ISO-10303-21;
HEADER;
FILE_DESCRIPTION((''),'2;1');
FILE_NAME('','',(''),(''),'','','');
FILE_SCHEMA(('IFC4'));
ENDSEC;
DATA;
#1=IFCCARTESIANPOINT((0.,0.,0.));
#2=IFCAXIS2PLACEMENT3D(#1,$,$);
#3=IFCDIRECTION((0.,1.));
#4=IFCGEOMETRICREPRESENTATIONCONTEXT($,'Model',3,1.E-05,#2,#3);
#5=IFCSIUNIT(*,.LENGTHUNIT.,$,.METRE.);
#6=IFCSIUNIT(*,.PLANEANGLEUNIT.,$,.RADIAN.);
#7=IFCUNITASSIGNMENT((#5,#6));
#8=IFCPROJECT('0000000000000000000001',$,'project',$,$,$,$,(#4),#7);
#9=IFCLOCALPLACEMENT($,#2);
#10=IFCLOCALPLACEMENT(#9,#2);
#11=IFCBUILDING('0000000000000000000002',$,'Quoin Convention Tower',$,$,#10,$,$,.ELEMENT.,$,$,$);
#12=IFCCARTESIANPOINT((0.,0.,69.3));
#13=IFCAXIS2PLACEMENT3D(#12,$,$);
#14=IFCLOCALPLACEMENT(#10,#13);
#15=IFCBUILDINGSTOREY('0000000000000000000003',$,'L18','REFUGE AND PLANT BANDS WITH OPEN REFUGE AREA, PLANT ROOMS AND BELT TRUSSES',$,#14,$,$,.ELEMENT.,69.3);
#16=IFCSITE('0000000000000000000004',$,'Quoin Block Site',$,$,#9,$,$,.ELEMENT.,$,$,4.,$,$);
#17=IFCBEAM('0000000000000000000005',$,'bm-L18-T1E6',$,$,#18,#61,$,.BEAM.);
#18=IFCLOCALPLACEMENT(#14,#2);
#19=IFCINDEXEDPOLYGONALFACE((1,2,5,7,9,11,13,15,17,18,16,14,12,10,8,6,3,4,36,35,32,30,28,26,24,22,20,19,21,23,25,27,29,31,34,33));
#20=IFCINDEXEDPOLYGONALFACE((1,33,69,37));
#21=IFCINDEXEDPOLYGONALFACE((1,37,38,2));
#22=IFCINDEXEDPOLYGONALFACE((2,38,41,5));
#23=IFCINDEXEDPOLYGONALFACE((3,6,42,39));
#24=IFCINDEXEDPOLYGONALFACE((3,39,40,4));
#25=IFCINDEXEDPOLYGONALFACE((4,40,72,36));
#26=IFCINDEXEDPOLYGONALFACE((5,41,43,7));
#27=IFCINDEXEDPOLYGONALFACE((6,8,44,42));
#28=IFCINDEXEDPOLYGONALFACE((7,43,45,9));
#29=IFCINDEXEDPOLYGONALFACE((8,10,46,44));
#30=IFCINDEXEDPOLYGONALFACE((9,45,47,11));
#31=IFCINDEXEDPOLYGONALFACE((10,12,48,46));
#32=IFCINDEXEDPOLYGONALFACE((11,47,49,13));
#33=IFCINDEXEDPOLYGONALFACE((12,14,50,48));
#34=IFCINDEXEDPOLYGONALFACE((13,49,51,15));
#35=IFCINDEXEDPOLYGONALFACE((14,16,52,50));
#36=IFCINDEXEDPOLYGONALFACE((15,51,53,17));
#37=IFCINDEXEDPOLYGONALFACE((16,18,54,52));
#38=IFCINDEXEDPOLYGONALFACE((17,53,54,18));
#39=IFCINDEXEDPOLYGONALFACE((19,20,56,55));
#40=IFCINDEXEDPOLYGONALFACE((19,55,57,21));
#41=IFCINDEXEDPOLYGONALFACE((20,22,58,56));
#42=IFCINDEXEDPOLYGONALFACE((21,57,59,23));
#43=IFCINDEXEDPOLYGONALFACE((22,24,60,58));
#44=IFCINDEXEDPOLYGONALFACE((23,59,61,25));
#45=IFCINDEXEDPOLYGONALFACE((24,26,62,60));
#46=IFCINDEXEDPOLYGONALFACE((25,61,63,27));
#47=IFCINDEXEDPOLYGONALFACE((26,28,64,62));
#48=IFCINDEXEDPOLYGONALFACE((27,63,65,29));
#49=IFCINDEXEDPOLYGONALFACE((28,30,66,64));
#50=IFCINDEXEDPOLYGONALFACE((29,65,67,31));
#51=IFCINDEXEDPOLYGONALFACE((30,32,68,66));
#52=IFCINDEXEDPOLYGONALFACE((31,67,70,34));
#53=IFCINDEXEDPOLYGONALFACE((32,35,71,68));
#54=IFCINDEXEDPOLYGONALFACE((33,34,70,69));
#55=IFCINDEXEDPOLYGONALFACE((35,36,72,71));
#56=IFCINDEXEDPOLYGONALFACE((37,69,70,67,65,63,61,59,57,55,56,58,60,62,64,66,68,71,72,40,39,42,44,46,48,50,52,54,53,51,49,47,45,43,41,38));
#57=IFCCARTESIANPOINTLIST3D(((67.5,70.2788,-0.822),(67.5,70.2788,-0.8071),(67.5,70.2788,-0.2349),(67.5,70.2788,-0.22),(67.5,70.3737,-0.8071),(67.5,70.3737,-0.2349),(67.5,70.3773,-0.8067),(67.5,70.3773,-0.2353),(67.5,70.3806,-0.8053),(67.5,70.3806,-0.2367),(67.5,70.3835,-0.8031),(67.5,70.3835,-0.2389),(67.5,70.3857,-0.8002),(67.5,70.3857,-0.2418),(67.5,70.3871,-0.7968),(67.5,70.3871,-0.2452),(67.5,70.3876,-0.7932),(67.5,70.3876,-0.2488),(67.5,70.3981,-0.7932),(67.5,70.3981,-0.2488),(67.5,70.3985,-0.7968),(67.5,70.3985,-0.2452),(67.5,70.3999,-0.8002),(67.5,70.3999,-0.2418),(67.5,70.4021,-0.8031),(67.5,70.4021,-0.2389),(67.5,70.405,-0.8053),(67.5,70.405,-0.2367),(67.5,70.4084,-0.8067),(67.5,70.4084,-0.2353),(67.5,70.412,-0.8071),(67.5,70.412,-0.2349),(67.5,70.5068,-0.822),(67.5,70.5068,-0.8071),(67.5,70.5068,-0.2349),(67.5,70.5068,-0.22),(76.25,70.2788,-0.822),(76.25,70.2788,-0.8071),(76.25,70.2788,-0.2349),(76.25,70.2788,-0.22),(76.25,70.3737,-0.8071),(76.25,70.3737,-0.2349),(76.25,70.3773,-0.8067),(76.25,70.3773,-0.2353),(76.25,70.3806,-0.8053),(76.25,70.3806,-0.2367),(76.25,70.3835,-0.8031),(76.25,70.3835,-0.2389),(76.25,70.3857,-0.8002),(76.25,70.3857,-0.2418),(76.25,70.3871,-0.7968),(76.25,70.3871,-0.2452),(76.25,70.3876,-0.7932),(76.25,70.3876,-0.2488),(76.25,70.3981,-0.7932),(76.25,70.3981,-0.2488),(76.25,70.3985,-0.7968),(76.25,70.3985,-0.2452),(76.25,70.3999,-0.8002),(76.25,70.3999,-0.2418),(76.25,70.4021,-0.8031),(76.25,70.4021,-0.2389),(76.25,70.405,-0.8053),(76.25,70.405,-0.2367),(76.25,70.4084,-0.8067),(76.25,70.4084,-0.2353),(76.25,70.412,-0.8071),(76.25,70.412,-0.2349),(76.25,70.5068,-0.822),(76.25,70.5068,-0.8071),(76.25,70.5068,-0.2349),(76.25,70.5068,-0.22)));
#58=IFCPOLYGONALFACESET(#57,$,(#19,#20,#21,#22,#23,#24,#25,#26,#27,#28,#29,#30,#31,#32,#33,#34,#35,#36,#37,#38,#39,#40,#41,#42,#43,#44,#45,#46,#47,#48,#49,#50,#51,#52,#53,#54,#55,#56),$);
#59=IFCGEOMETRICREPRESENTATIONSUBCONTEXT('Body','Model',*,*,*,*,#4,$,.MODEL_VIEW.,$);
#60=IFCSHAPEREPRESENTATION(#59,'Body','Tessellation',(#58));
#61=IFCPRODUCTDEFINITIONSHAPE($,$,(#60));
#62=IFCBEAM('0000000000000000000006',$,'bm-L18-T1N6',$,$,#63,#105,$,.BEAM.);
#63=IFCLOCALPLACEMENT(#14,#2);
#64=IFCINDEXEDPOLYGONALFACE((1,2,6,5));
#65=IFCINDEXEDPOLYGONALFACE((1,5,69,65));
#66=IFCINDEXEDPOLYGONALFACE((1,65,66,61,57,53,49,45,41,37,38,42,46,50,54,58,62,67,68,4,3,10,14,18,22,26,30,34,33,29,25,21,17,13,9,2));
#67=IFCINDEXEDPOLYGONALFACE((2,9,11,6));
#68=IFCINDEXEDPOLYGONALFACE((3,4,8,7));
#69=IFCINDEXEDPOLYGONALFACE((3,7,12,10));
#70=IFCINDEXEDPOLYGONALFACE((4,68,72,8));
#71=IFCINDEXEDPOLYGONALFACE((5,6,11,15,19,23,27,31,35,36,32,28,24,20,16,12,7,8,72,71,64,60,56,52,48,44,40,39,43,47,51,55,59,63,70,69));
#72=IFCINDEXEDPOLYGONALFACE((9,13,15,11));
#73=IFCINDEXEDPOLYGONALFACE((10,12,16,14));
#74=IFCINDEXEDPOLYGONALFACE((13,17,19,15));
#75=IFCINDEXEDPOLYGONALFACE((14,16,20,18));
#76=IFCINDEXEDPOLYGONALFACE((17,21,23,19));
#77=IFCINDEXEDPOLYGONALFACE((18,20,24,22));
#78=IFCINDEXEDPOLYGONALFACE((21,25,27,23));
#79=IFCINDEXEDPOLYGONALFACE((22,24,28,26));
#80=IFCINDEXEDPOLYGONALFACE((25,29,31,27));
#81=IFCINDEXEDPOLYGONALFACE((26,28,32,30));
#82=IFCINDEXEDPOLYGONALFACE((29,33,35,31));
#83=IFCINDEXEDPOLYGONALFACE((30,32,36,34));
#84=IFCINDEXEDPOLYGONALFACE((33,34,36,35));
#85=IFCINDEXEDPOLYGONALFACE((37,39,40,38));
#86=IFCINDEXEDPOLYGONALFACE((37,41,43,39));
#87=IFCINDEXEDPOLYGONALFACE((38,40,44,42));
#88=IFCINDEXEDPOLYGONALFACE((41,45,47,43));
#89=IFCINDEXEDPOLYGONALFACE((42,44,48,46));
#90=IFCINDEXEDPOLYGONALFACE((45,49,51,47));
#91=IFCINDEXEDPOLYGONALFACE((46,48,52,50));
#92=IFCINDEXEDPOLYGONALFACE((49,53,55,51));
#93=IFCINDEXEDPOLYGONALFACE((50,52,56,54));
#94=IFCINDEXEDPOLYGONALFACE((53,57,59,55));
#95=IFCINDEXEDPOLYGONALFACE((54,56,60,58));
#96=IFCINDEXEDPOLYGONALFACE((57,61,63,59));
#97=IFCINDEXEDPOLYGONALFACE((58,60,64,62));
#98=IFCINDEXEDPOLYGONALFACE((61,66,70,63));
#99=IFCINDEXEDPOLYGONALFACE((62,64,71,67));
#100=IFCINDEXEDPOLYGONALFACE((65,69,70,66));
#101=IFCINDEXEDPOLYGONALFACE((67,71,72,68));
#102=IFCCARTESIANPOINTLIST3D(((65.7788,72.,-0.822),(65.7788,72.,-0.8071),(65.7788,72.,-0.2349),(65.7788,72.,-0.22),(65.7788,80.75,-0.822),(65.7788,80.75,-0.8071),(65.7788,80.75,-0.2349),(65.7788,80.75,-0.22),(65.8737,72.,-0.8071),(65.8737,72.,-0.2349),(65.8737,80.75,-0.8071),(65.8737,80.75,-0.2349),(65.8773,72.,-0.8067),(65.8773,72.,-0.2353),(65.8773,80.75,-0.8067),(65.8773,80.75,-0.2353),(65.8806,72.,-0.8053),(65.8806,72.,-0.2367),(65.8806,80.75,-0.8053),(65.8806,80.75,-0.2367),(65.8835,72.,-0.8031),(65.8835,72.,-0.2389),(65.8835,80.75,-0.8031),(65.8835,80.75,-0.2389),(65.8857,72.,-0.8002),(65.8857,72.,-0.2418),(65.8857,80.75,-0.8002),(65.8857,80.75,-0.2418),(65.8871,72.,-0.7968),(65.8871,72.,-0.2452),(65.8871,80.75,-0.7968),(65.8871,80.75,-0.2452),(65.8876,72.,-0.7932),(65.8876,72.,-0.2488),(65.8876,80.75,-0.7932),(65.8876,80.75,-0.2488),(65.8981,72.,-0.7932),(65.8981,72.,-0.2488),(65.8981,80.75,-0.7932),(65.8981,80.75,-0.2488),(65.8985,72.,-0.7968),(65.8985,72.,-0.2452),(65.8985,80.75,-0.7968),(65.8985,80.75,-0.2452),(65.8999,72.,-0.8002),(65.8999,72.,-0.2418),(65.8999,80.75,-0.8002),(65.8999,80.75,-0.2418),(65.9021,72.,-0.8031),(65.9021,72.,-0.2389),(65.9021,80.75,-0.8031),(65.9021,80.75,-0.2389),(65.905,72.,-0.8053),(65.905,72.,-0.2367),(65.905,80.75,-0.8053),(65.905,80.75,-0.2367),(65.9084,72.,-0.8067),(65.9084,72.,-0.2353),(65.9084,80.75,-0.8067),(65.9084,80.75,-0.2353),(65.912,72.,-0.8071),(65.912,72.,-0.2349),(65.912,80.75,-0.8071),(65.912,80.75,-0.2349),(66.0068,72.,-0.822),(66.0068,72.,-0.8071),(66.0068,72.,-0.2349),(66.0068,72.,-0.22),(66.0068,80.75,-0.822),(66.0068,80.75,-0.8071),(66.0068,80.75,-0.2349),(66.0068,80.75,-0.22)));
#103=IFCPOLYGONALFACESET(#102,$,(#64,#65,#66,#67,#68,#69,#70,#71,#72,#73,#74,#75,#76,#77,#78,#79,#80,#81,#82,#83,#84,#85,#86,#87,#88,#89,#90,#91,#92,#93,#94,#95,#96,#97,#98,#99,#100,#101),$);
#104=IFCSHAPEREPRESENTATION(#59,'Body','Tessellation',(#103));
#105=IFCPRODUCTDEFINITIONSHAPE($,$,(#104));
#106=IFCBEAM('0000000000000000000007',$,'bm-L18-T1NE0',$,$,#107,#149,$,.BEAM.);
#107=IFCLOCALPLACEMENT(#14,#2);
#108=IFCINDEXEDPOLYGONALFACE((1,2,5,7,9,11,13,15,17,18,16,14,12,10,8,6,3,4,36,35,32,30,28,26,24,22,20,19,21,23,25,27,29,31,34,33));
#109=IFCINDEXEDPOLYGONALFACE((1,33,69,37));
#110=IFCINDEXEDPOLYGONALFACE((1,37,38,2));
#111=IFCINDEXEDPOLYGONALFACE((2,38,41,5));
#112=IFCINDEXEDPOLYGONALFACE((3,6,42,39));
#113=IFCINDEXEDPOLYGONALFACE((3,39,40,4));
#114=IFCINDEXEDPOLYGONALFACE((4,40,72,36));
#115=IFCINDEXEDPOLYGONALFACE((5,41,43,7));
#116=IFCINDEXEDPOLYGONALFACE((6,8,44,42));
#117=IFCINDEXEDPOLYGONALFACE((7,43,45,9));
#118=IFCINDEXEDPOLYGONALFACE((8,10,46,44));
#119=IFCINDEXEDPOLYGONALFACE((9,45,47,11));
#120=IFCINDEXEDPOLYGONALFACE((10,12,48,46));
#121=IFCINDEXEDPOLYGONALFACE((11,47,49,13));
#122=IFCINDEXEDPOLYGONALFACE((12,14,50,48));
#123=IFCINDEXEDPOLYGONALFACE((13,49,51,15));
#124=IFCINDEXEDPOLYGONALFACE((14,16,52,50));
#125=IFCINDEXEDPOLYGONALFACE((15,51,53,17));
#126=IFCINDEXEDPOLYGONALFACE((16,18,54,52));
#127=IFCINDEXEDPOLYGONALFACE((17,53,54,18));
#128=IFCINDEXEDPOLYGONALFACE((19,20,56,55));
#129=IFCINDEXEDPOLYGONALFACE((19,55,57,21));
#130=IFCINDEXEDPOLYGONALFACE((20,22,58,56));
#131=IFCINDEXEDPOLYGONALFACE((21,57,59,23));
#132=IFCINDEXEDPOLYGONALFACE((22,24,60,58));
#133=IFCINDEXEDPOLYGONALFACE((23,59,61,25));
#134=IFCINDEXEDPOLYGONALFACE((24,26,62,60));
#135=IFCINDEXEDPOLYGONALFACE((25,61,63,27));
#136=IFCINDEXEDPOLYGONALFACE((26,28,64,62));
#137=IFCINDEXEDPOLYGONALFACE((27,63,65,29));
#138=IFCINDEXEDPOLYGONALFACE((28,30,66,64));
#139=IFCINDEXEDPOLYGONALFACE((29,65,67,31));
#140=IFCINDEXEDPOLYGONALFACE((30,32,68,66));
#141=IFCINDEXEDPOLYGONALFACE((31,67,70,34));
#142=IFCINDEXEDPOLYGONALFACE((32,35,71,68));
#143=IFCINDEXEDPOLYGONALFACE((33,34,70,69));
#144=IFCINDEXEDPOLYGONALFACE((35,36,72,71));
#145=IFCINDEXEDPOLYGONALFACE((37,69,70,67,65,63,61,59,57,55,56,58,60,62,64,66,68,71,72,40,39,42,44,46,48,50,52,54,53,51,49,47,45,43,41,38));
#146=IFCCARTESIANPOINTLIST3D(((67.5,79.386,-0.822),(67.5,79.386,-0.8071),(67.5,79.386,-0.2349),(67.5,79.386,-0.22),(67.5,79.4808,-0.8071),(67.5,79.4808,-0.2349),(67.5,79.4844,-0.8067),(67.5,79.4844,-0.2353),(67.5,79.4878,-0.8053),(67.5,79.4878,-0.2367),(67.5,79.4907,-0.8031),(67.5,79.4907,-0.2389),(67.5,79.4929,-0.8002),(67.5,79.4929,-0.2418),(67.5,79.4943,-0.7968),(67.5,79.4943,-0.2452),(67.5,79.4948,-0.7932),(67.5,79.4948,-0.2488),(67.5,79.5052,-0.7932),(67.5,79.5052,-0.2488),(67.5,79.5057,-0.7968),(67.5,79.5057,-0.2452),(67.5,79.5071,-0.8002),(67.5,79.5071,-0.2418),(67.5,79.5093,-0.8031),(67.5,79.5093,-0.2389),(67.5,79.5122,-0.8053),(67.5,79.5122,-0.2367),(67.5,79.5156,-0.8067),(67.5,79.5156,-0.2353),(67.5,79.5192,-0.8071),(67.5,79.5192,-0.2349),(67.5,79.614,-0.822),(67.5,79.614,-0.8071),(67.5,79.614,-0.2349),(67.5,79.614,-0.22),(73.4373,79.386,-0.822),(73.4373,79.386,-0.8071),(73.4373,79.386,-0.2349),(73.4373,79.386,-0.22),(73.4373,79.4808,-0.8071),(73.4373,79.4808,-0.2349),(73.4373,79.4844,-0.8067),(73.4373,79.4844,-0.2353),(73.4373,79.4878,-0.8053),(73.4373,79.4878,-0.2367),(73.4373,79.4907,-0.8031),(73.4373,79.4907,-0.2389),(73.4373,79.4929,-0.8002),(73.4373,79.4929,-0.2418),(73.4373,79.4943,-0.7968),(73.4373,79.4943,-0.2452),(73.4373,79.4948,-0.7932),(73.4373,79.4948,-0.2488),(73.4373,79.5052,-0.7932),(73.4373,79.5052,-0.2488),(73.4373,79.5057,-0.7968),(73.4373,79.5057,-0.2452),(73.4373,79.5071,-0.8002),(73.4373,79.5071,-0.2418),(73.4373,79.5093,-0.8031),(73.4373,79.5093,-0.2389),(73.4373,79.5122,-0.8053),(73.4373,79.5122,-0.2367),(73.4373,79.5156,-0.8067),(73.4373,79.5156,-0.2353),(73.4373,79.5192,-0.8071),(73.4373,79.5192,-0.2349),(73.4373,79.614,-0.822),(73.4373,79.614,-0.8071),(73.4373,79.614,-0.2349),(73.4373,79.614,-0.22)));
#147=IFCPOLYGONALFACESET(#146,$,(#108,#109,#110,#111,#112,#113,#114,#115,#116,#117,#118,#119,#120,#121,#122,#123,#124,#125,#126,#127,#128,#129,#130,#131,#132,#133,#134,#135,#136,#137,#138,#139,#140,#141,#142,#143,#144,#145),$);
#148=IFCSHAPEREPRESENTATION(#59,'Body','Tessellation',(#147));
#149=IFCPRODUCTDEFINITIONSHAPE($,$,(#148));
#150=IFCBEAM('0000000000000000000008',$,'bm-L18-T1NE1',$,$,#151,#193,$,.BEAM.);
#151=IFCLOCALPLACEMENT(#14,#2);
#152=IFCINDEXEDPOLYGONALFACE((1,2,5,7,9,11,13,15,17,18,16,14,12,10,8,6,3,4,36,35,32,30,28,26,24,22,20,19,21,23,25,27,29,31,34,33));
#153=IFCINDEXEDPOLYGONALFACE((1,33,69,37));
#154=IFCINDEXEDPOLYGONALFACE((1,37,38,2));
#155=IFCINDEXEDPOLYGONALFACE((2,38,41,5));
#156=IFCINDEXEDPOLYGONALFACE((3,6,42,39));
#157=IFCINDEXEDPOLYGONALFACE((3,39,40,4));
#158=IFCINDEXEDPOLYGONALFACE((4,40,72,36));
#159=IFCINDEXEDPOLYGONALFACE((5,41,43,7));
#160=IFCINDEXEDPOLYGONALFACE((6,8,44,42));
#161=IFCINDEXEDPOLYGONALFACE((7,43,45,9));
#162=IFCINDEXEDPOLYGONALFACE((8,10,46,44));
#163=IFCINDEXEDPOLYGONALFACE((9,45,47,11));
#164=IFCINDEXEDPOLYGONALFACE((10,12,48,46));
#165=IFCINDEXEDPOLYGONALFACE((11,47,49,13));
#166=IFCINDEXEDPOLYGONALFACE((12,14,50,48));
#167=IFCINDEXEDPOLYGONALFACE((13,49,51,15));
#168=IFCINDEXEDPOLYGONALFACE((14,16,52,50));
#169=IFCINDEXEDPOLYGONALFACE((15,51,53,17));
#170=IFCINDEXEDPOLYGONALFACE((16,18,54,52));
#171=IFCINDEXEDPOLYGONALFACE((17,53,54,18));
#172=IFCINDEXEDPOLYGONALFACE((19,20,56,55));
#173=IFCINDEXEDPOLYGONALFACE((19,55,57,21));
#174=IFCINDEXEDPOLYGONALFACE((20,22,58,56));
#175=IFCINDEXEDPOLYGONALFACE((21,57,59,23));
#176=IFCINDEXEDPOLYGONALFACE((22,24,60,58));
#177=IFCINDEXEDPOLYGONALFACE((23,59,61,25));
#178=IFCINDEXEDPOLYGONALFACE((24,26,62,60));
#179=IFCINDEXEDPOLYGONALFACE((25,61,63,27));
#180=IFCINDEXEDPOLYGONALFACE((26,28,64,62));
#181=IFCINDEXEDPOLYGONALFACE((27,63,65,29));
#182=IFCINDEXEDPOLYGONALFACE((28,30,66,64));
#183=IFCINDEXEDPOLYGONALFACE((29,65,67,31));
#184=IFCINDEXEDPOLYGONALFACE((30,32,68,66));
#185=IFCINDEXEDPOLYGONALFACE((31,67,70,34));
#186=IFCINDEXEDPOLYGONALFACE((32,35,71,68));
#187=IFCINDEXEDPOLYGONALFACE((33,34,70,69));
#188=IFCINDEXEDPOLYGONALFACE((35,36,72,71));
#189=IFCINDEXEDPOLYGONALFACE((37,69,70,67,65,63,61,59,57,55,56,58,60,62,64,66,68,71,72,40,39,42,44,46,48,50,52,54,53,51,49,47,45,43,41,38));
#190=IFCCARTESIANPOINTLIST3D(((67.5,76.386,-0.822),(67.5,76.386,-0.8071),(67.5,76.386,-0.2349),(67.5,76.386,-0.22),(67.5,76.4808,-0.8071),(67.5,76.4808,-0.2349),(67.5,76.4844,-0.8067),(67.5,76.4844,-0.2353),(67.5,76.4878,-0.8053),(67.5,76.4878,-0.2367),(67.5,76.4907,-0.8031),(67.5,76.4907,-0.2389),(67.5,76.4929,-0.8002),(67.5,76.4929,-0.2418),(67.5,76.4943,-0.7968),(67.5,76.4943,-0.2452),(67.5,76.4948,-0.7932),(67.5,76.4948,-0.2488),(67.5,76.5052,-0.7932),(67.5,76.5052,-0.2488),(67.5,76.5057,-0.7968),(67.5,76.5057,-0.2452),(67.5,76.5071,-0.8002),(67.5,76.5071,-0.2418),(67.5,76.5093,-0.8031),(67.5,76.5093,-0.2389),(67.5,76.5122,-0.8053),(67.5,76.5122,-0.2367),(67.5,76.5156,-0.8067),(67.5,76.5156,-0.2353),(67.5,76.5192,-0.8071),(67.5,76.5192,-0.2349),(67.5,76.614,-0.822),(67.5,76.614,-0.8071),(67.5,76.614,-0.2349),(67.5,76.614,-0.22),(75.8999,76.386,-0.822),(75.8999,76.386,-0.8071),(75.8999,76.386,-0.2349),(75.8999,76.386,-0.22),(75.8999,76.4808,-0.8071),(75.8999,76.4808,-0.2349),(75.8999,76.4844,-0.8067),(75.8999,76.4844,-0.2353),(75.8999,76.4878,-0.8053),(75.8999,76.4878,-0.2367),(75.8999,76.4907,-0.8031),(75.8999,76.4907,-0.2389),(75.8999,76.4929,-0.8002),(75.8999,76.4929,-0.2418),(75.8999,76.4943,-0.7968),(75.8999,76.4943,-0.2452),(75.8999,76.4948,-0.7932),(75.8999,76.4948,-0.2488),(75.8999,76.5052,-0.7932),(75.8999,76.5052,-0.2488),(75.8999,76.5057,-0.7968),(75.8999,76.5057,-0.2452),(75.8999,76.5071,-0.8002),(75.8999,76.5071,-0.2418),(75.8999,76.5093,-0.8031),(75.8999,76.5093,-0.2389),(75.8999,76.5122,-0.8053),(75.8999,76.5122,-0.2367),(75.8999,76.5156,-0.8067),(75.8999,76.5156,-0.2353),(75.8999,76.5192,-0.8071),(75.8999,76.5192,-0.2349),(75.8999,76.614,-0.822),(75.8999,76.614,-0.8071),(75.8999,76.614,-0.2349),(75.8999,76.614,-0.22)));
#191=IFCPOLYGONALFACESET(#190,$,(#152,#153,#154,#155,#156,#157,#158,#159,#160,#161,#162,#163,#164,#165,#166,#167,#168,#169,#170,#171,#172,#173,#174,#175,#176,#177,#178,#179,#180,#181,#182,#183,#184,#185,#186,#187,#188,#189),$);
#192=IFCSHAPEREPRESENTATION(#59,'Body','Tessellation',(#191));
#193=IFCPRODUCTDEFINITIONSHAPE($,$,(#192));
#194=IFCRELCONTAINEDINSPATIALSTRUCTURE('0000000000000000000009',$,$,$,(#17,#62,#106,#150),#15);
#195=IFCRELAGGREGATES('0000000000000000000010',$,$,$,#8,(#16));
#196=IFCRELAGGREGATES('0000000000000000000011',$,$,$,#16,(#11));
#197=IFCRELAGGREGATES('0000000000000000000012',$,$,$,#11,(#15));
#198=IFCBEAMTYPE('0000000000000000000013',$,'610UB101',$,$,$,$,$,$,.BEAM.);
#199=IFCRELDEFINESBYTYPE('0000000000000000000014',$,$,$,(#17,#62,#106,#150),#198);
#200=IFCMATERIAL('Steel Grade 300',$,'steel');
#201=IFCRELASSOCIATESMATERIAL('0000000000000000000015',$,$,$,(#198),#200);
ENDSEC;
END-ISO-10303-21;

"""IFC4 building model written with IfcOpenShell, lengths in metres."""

from ifc_helpers import new_model, si_unit, direction, frame, origin, origin_2d, place, context, subcontext, project, spatial, i_section, extrude, material, material_profile, profile_set, type_object, element, save


model = new_model("IFC4")

# Units and contexts
model_context = context("Model", 3, precision=1e-05, world=origin(), true_north=direction((0.0, 1.0)))
body_context = subcontext(model_context, "Body", "Model", "MODEL_VIEW")
ifc_project = project(units=[si_unit("LENGTHUNIT", "METRE"), si_unit("PLANEANGLEUNIT", "RADIAN")], contexts=[model_context])

# Site, building, storey
site_placement = place(None, origin())
site = spatial("IfcSite", under=ifc_project, at=site_placement, Name="Quoin Block Site", CompositionType="ELEMENT", RefElevation=4.0)
building_placement = place(site_placement, origin())
building = spatial("IfcBuilding", under=site, at=building_placement, Name="Quoin Convention Tower", CompositionType="ELEMENT")
storey_placement = place(building_placement, frame((0.0, 0.0, 69.3)))
storey = spatial("IfcBuildingStorey", under=building, at=storey_placement, Name="L18", Description="REFUGE AND PLANT BANDS WITH OPEN REFUGE AREA, PLANT ROOMS AND BELT TRUSSES", CompositionType="ELEMENT", Elevation=69.3)

# Shared definitions
ifc_material_1 = material(Name="Steel Grade 300", Category="steel")

# Beams
ifc_material_profile_1 = material_profile(ifc_material_1, i_section(OverallWidth=0.228, OverallDepth=0.6021, WebThickness=0.0105, FlangeThickness=0.0149, FilletRadius=0.0139, at=origin_2d()), Name="610UB101")
ifc_profile_set_1 = profile_set([ifc_material_profile_1], Name="Steel Grade 300")
beam_type_1 = type_object("IfcBeamType", Name="610UB101", PredefinedType="BEAM", material=ifc_profile_set_1)
for number, where, z_axis, x_axis, name in (
    (1, (67.5, 70.3928, -0.521), (1.0, 0.0, 0.0), (0.0, 1.0, 0.0), "bm-L18-T1E6"),
    (2, (65.8928, 72.0, -0.521), (0.0, 1.0, 0.0), (-1.0, 0.0, 0.0), "bm-L18-T1N6"),
):
    element("IfcBeam", number, at=place(storey_placement, frame(where, z_axis=z_axis, x_axis=x_axis)), inside=storey, type_object=beam_type_1, Name=name, PredefinedType="BEAM", context=body_context, shape_type="SweptSolid", body=[
        extrude(i_section(OverallWidth=0.228, OverallDepth=0.6021, WebThickness=0.0105, FlangeThickness=0.0149, FilletRadius=0.0139, at=origin_2d()), origin(), (0.0, 0.0, 1.0), 8.75),
    ])
beam_1_placement = place(storey_placement, frame((67.5, 79.5, -0.521), z_axis=(1.0, 0.0, 0.0), x_axis=(0.0, 1.0, 0.0)))
element("IfcBeam", 3, at=beam_1_placement, inside=storey, type_object=beam_type_1, Name="bm-L18-T1NE0", PredefinedType="BEAM", context=body_context, shape_type="SweptSolid", body=[
    extrude(i_section(OverallWidth=0.228, OverallDepth=0.6021, WebThickness=0.0105, FlangeThickness=0.0149, FilletRadius=0.0139, at=origin_2d()), origin(), (0.0, 0.0, 1.0), 5.9373),
])
beam_2_placement = place(storey_placement, frame((67.5, 76.5, -0.521), z_axis=(1.0, 0.0, 0.0), x_axis=(0.0, 1.0, 0.0)))
element("IfcBeam", 4, at=beam_2_placement, inside=storey, type_object=beam_type_1, Name="bm-L18-T1NE1", PredefinedType="BEAM", context=body_context, shape_type="SweptSolid", body=[
    extrude(i_section(OverallWidth=0.228, OverallDepth=0.6021, WebThickness=0.0105, FlangeThickness=0.0149, FilletRadius=0.0139, at=origin_2d()), origin(), (0.0, 0.0, 1.0), 8.3999),
])

save(model, "model.ifc")
